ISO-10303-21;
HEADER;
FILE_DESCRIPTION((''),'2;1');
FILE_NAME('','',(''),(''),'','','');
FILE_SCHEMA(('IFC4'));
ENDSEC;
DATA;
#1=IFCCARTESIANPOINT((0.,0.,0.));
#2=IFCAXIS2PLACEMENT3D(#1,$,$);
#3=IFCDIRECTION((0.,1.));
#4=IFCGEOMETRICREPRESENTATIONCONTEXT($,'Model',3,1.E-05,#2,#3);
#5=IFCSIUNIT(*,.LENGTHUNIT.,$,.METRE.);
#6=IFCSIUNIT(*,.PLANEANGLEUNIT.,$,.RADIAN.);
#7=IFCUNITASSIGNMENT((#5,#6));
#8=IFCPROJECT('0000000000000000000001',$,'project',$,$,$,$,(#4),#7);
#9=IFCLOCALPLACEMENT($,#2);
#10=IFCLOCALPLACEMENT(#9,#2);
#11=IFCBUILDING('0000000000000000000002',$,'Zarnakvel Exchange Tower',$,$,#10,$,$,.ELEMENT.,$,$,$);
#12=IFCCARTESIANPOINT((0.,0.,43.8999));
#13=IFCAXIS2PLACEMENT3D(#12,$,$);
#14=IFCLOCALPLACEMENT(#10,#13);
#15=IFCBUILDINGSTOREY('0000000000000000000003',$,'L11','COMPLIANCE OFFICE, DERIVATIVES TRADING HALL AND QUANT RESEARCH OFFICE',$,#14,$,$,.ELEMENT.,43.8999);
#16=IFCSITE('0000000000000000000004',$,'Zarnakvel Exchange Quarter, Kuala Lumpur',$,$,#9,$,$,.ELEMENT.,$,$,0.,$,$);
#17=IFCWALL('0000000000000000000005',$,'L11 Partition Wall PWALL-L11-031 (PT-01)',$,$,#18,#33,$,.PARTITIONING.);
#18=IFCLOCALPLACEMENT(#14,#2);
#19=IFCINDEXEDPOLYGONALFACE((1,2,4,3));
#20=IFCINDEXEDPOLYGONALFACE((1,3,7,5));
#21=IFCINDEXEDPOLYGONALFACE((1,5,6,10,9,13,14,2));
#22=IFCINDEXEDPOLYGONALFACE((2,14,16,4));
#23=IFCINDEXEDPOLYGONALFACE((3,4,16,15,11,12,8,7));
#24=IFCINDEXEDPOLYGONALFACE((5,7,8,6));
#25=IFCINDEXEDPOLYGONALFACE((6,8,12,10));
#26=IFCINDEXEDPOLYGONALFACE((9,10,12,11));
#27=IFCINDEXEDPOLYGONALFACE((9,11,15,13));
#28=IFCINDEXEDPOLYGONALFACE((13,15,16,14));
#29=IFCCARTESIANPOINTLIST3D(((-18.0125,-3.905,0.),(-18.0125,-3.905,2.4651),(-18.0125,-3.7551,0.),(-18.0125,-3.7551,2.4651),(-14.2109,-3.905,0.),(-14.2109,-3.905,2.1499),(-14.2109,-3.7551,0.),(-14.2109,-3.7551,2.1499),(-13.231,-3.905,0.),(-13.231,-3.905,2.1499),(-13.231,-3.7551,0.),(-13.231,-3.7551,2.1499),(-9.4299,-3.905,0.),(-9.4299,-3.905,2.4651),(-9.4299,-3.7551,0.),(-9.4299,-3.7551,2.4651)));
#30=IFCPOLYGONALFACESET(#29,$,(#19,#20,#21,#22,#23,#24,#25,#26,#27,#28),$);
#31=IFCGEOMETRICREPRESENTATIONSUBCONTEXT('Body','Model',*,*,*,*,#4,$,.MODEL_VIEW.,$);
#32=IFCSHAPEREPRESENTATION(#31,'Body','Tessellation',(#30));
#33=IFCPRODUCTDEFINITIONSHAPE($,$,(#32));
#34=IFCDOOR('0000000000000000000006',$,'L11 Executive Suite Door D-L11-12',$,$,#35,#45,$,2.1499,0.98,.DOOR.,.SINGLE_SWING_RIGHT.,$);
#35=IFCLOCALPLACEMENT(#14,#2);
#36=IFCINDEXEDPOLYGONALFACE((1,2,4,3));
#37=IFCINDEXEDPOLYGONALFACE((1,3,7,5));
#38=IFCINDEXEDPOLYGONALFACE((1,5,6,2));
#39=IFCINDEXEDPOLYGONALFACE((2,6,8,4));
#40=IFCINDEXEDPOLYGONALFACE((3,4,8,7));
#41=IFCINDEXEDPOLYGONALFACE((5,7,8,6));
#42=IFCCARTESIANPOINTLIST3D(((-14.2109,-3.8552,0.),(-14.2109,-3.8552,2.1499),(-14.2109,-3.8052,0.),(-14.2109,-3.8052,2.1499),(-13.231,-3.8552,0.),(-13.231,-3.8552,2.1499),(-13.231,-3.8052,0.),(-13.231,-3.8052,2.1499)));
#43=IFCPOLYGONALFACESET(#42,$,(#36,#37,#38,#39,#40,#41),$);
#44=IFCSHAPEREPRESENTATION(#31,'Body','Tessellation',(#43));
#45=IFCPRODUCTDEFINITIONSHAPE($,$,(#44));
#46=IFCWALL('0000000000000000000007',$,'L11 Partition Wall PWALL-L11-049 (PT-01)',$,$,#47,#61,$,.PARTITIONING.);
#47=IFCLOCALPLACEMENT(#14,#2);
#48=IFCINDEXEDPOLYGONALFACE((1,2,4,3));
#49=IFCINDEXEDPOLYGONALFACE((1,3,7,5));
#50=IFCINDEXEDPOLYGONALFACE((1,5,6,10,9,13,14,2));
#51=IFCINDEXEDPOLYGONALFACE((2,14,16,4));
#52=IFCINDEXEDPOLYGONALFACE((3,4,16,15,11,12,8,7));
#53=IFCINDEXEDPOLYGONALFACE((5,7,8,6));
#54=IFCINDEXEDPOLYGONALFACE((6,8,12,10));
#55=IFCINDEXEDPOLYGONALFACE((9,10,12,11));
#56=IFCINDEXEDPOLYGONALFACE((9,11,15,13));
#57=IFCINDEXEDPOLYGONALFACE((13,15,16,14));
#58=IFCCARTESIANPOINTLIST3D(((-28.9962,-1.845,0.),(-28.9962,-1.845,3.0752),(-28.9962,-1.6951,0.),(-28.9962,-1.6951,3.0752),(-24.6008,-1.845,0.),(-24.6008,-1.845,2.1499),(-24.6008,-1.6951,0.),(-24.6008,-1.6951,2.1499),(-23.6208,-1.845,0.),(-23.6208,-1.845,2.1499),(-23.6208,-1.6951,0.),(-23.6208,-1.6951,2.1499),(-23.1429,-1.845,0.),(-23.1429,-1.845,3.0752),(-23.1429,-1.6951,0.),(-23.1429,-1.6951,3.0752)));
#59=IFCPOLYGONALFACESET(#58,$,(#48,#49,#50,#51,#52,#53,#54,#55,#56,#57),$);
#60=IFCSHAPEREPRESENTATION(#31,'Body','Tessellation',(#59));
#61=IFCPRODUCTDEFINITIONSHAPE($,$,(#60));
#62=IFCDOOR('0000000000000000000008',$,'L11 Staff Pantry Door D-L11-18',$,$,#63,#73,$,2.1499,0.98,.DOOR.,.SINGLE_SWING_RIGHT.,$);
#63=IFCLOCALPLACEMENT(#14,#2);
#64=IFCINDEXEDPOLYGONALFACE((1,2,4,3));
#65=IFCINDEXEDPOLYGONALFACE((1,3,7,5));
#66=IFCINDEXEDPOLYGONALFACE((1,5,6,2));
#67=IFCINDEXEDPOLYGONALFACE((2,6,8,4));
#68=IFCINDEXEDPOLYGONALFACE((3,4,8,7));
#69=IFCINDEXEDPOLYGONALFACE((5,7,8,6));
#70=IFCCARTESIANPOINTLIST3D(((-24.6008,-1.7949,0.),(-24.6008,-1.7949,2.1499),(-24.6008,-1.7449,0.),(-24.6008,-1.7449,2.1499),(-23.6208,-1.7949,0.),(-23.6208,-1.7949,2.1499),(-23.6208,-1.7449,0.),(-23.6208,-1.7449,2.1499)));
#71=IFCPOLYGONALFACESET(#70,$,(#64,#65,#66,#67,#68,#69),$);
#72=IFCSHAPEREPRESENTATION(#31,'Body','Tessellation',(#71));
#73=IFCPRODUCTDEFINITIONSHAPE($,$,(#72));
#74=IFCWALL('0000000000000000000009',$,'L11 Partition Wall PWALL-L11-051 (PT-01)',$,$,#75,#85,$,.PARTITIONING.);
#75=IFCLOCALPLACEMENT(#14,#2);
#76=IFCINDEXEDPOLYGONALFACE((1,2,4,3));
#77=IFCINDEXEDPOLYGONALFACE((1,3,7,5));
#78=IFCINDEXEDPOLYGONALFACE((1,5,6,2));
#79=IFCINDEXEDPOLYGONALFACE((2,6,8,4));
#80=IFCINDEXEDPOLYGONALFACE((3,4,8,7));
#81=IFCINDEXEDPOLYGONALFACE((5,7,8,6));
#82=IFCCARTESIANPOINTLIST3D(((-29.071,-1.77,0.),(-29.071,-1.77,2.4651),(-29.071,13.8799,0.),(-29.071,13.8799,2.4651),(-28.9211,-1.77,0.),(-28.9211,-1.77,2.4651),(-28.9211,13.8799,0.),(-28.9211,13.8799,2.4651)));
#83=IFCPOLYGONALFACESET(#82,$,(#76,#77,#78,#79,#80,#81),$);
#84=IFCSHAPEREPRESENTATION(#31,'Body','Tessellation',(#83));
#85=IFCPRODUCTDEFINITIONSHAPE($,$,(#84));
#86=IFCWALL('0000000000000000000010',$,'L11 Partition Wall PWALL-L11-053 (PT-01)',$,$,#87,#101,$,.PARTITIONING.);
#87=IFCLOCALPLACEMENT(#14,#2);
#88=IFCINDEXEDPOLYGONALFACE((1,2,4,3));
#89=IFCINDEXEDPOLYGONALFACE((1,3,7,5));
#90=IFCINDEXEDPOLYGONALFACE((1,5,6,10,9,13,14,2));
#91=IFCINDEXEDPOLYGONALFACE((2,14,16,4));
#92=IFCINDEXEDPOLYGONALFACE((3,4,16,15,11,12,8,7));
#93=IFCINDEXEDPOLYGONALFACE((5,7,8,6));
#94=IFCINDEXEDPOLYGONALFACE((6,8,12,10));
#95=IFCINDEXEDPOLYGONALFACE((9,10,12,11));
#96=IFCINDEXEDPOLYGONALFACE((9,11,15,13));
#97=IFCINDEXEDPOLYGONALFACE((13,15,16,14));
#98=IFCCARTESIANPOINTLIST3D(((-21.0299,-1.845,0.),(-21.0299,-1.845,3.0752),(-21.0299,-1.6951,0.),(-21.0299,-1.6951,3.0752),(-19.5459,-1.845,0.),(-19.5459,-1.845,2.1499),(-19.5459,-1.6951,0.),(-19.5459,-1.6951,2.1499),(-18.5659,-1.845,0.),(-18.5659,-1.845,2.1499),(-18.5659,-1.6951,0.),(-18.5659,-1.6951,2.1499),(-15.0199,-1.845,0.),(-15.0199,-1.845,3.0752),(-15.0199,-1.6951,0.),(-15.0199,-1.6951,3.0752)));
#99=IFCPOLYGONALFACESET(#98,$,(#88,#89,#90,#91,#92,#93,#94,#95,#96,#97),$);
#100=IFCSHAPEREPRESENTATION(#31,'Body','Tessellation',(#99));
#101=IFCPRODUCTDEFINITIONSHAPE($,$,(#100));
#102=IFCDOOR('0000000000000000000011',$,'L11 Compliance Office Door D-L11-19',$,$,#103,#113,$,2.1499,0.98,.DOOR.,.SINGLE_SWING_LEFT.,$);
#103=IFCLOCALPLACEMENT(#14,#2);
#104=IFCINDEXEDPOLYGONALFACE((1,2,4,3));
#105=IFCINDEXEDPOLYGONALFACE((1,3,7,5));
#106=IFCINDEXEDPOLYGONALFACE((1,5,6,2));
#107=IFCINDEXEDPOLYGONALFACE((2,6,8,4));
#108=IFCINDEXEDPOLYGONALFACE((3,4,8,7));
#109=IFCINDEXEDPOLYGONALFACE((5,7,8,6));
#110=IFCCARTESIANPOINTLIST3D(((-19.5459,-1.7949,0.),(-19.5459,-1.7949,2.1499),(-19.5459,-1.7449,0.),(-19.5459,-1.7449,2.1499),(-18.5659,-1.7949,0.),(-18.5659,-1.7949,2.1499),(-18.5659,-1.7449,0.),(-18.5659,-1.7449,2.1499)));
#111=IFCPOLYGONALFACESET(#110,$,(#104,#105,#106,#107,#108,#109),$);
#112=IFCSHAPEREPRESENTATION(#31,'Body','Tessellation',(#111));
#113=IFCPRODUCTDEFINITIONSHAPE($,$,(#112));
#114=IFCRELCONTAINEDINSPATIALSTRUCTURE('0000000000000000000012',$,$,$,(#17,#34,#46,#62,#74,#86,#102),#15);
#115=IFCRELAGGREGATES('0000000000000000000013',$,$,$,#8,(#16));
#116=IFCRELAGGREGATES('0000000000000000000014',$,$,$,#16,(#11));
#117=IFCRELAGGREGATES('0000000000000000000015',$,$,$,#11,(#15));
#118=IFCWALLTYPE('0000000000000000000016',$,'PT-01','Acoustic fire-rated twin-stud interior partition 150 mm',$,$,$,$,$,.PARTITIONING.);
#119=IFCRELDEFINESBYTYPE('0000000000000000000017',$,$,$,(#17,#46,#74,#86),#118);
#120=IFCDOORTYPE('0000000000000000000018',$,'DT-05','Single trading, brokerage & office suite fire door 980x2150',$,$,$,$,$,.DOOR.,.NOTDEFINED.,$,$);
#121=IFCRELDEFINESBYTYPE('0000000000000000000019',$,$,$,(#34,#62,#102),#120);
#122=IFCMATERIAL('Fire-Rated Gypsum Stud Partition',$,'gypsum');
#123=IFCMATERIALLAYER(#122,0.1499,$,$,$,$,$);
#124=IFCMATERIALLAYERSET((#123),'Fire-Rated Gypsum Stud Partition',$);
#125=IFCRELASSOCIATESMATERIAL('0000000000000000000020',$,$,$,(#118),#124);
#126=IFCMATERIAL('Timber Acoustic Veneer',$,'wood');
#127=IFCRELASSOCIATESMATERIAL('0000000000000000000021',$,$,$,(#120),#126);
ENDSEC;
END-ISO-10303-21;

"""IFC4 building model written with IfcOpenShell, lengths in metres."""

from ifc_helpers import new_model, si_unit, direction, frame, frame_2d, origin, place, context, subcontext, project, spatial, rectangle, extrude, source, transform, mapped, material, layer, layer_set, type_object, element, fill, save


model = new_model("IFC4")

# Units and contexts
model_context = context("Model", 3, precision=1e-05, world=origin(), true_north=direction((0.0, 1.0)))
body_context = subcontext(model_context, "Body", "Model", "MODEL_VIEW")
ifc_project = project(units=[si_unit("LENGTHUNIT", "METRE"), si_unit("PLANEANGLEUNIT", "RADIAN")], contexts=[model_context])

# Site, building, storey
site_placement = place(None, origin())
site = spatial("IfcSite", under=ifc_project, at=site_placement, Name="Zarnakvel Exchange Quarter, Kuala Lumpur", CompositionType="ELEMENT", RefElevation=0.0)
building_placement = place(site_placement, origin())
building = spatial("IfcBuilding", under=site, at=building_placement, Name="Zarnakvel Exchange Tower", CompositionType="ELEMENT")
storey_placement = place(building_placement, frame((0.0, 0.0, 43.8999)))
storey = spatial("IfcBuildingStorey", under=building, at=storey_placement, Name="L11", Description="COMPLIANCE OFFICE, DERIVATIVES TRADING HALL AND QUANT RESEARCH OFFICE", CompositionType="ELEMENT", Elevation=43.8999)

# Shared definitions
ifc_material_1 = material(Name="Fire-Rated Gypsum Stud Partition", Category="gypsum")
ifc_layer_1 = layer(ifc_material_1, 0.1499)
ifc_layer_set_1 = layer_set([ifc_layer_1], Name="Fire-Rated Gypsum Stud Partition")
wall_type = type_object("IfcWallType", Name="PT-01", Description="Acoustic fire-rated twin-stud interior partition 150 mm", PredefinedType="PARTITIONING", material=ifc_layer_set_1)
ifc_material_2 = material(Name="Timber Acoustic Veneer", Category="wood")
door_type = type_object("IfcDoorType", Name="DT-05", Description="Single trading, brokerage & office suite fire door 980x2150", OperationType="NOTDEFINED", PredefinedType="DOOR", material=ifc_material_2)
shared_shape_1 = source(origin(), body_context, "Body", "SweptSolid", [
    extrude(rectangle(XDim=0.98, YDim=2.1499, at=frame_2d((0.49, 1.075))), frame((0.0, 0.0249, 0.0), z_axis=(0.0, -1.0, 0.0), x_axis=(1.0, 0.0, 0.0)), (0.0, 0.0, 1.0), 0.05),
])

# Walls, openings, doors
wall_1_placement = place(storey_placement, frame((-18.0125, -3.8301, 0.0), z_axis=(0.0, 0.0, 1.0), x_axis=(1.0, 0.0, 0.0)))
wall_1 = element("IfcWall", 1, at=wall_1_placement, inside=storey, type_object=wall_type, Name="L11 Partition Wall PWALL-L11-031 (PT-01)", PredefinedType="PARTITIONING", context=body_context, shape_type="SweptSolid", body=[
    extrude(rectangle(XDim=8.5825, YDim=0.1499, at=frame_2d((4.2913, 0.0))), origin(), (0.0, 0.0, 1.0), 2.4651),
])
opening_1_placement = place(wall_1_placement, frame((3.8015, 0.0, 0.0)))
opening_1 = element("IfcOpeningElement", 2, at=opening_1_placement, cuts=wall_1, PredefinedType="OPENING", context=body_context, shape_type="SweptSolid", body=[
    extrude(rectangle(XDim=0.98, YDim=2.1499, at=frame_2d((0.49, 1.075))), frame((0.0, 0.085, 0.0), z_axis=(0.0, -1.0, 0.0), x_axis=(1.0, 0.0, 0.0)), (0.0, 0.0, 1.0), 0.1699),
])
door_1_placement = place(opening_1_placement, origin())
door_1 = element("IfcDoor", 3, at=door_1_placement, inside=storey, type_object=door_type, Name="L11 Executive Suite Door D-L11-12", OperationType="SINGLE_SWING_RIGHT", OverallHeight=2.1499, OverallWidth=0.98, PredefinedType="DOOR", context=body_context, shape_type="MappedRepresentation", body=[
    mapped(shared_shape_1, transform((0.0, 0.0, 0.0), x_axis=(1.0, 0.0, 0.0), y_axis=(0.0, 1.0, 0.0), z_axis=(0.0, 0.0, 1.0), scale=1.0)),
])
fill(opening_1, door_1)
wall_2_placement = place(storey_placement, frame((-23.1428, -1.77, 0.0), z_axis=(0.0, 0.0, 1.0), x_axis=(-1.0, 0.0, 0.0)))
wall_2 = element("IfcWall", 4, at=wall_2_placement, inside=storey, type_object=wall_type, Name="L11 Partition Wall PWALL-L11-049 (PT-01)", PredefinedType="PARTITIONING", context=body_context, shape_type="SweptSolid", body=[
    extrude(rectangle(XDim=5.8533, YDim=0.1499, at=frame_2d((2.9268, 0.0))), origin(), (0.0, 0.0, 1.0), 3.0752),
])
opening_2_placement = place(wall_2_placement, frame((0.478, 0.0, 0.0)))
opening_2 = element("IfcOpeningElement", 5, at=opening_2_placement, cuts=wall_2, PredefinedType="OPENING", context=body_context, shape_type="SweptSolid", body=[
    extrude(rectangle(XDim=0.98, YDim=2.1499, at=frame_2d((0.49, 1.075))), frame((0.0, 0.085, 0.0), z_axis=(0.0, -1.0, 0.0), x_axis=(1.0, 0.0, 0.0)), (0.0, 0.0, 1.0), 0.1699),
])
door_2_placement = place(opening_2_placement, origin())
door_2 = element("IfcDoor", 6, at=door_2_placement, inside=storey, type_object=door_type, Name="L11 Staff Pantry Door D-L11-18", OperationType="SINGLE_SWING_RIGHT", OverallHeight=2.1499, OverallWidth=0.98, PredefinedType="DOOR", context=body_context, shape_type="MappedRepresentation", body=[
    mapped(shared_shape_1, transform((0.0, 0.0, 0.0), x_axis=(1.0, 0.0, 0.0), y_axis=(0.0, 1.0, 0.0), z_axis=(0.0, 0.0, 1.0), scale=1.0)),
])
fill(opening_2, door_2)

# Wall
wall_3_placement = place(storey_placement, frame((-28.9961, -1.77, 0.0), z_axis=(0.0, 0.0, 1.0), x_axis=(0.0, 1.0, 0.0)))
element("IfcWall", 7, at=wall_3_placement, inside=storey, type_object=wall_type, Name="L11 Partition Wall PWALL-L11-051 (PT-01)", PredefinedType="PARTITIONING", context=body_context, shape_type="SweptSolid", body=[
    extrude(rectangle(XDim=15.6499, YDim=0.1499, at=frame_2d((7.825, 0.0))), origin(), (0.0, 0.0, 1.0), 2.4651),
])

# Wall, opening, door
wall_4_placement = place(storey_placement, frame((-15.02, -1.77, 0.0), z_axis=(0.0, 0.0, 1.0), x_axis=(-1.0, 0.0, 0.0)))
wall_4 = element("IfcWall", 8, at=wall_4_placement, inside=storey, type_object=wall_type, Name="L11 Partition Wall PWALL-L11-053 (PT-01)", PredefinedType="PARTITIONING", context=body_context, shape_type="SweptSolid", body=[
    extrude(rectangle(XDim=6.01, YDim=0.1499, at=frame_2d((3.0049, 0.0))), origin(), (0.0, 0.0, 1.0), 3.0752),
])
opening_3_placement = place(wall_4_placement, frame((3.5459, 0.0, 0.0)))
opening_3 = element("IfcOpeningElement", 9, at=opening_3_placement, cuts=wall_4, PredefinedType="OPENING", context=body_context, shape_type="SweptSolid", body=[
    extrude(rectangle(XDim=0.98, YDim=2.1499, at=frame_2d((0.49, 1.075))), frame((0.0, 0.085, 0.0), z_axis=(0.0, -1.0, 0.0), x_axis=(1.0, 0.0, 0.0)), (0.0, 0.0, 1.0), 0.1699),
])
door_3_placement = place(opening_3_placement, origin())
door_3 = element("IfcDoor", 10, at=door_3_placement, inside=storey, type_object=door_type, Name="L11 Compliance Office Door D-L11-19", OperationType="SINGLE_SWING_LEFT", OverallHeight=2.1499, OverallWidth=0.98, PredefinedType="DOOR", context=body_context, shape_type="MappedRepresentation", body=[
    mapped(shared_shape_1, transform((0.0, 0.0, 0.0), x_axis=(1.0, 0.0, 0.0), y_axis=(0.0, 1.0, 0.0), z_axis=(0.0, 0.0, 1.0), scale=1.0)),
])
fill(opening_3, door_3)

save(model, "model.ifc")
